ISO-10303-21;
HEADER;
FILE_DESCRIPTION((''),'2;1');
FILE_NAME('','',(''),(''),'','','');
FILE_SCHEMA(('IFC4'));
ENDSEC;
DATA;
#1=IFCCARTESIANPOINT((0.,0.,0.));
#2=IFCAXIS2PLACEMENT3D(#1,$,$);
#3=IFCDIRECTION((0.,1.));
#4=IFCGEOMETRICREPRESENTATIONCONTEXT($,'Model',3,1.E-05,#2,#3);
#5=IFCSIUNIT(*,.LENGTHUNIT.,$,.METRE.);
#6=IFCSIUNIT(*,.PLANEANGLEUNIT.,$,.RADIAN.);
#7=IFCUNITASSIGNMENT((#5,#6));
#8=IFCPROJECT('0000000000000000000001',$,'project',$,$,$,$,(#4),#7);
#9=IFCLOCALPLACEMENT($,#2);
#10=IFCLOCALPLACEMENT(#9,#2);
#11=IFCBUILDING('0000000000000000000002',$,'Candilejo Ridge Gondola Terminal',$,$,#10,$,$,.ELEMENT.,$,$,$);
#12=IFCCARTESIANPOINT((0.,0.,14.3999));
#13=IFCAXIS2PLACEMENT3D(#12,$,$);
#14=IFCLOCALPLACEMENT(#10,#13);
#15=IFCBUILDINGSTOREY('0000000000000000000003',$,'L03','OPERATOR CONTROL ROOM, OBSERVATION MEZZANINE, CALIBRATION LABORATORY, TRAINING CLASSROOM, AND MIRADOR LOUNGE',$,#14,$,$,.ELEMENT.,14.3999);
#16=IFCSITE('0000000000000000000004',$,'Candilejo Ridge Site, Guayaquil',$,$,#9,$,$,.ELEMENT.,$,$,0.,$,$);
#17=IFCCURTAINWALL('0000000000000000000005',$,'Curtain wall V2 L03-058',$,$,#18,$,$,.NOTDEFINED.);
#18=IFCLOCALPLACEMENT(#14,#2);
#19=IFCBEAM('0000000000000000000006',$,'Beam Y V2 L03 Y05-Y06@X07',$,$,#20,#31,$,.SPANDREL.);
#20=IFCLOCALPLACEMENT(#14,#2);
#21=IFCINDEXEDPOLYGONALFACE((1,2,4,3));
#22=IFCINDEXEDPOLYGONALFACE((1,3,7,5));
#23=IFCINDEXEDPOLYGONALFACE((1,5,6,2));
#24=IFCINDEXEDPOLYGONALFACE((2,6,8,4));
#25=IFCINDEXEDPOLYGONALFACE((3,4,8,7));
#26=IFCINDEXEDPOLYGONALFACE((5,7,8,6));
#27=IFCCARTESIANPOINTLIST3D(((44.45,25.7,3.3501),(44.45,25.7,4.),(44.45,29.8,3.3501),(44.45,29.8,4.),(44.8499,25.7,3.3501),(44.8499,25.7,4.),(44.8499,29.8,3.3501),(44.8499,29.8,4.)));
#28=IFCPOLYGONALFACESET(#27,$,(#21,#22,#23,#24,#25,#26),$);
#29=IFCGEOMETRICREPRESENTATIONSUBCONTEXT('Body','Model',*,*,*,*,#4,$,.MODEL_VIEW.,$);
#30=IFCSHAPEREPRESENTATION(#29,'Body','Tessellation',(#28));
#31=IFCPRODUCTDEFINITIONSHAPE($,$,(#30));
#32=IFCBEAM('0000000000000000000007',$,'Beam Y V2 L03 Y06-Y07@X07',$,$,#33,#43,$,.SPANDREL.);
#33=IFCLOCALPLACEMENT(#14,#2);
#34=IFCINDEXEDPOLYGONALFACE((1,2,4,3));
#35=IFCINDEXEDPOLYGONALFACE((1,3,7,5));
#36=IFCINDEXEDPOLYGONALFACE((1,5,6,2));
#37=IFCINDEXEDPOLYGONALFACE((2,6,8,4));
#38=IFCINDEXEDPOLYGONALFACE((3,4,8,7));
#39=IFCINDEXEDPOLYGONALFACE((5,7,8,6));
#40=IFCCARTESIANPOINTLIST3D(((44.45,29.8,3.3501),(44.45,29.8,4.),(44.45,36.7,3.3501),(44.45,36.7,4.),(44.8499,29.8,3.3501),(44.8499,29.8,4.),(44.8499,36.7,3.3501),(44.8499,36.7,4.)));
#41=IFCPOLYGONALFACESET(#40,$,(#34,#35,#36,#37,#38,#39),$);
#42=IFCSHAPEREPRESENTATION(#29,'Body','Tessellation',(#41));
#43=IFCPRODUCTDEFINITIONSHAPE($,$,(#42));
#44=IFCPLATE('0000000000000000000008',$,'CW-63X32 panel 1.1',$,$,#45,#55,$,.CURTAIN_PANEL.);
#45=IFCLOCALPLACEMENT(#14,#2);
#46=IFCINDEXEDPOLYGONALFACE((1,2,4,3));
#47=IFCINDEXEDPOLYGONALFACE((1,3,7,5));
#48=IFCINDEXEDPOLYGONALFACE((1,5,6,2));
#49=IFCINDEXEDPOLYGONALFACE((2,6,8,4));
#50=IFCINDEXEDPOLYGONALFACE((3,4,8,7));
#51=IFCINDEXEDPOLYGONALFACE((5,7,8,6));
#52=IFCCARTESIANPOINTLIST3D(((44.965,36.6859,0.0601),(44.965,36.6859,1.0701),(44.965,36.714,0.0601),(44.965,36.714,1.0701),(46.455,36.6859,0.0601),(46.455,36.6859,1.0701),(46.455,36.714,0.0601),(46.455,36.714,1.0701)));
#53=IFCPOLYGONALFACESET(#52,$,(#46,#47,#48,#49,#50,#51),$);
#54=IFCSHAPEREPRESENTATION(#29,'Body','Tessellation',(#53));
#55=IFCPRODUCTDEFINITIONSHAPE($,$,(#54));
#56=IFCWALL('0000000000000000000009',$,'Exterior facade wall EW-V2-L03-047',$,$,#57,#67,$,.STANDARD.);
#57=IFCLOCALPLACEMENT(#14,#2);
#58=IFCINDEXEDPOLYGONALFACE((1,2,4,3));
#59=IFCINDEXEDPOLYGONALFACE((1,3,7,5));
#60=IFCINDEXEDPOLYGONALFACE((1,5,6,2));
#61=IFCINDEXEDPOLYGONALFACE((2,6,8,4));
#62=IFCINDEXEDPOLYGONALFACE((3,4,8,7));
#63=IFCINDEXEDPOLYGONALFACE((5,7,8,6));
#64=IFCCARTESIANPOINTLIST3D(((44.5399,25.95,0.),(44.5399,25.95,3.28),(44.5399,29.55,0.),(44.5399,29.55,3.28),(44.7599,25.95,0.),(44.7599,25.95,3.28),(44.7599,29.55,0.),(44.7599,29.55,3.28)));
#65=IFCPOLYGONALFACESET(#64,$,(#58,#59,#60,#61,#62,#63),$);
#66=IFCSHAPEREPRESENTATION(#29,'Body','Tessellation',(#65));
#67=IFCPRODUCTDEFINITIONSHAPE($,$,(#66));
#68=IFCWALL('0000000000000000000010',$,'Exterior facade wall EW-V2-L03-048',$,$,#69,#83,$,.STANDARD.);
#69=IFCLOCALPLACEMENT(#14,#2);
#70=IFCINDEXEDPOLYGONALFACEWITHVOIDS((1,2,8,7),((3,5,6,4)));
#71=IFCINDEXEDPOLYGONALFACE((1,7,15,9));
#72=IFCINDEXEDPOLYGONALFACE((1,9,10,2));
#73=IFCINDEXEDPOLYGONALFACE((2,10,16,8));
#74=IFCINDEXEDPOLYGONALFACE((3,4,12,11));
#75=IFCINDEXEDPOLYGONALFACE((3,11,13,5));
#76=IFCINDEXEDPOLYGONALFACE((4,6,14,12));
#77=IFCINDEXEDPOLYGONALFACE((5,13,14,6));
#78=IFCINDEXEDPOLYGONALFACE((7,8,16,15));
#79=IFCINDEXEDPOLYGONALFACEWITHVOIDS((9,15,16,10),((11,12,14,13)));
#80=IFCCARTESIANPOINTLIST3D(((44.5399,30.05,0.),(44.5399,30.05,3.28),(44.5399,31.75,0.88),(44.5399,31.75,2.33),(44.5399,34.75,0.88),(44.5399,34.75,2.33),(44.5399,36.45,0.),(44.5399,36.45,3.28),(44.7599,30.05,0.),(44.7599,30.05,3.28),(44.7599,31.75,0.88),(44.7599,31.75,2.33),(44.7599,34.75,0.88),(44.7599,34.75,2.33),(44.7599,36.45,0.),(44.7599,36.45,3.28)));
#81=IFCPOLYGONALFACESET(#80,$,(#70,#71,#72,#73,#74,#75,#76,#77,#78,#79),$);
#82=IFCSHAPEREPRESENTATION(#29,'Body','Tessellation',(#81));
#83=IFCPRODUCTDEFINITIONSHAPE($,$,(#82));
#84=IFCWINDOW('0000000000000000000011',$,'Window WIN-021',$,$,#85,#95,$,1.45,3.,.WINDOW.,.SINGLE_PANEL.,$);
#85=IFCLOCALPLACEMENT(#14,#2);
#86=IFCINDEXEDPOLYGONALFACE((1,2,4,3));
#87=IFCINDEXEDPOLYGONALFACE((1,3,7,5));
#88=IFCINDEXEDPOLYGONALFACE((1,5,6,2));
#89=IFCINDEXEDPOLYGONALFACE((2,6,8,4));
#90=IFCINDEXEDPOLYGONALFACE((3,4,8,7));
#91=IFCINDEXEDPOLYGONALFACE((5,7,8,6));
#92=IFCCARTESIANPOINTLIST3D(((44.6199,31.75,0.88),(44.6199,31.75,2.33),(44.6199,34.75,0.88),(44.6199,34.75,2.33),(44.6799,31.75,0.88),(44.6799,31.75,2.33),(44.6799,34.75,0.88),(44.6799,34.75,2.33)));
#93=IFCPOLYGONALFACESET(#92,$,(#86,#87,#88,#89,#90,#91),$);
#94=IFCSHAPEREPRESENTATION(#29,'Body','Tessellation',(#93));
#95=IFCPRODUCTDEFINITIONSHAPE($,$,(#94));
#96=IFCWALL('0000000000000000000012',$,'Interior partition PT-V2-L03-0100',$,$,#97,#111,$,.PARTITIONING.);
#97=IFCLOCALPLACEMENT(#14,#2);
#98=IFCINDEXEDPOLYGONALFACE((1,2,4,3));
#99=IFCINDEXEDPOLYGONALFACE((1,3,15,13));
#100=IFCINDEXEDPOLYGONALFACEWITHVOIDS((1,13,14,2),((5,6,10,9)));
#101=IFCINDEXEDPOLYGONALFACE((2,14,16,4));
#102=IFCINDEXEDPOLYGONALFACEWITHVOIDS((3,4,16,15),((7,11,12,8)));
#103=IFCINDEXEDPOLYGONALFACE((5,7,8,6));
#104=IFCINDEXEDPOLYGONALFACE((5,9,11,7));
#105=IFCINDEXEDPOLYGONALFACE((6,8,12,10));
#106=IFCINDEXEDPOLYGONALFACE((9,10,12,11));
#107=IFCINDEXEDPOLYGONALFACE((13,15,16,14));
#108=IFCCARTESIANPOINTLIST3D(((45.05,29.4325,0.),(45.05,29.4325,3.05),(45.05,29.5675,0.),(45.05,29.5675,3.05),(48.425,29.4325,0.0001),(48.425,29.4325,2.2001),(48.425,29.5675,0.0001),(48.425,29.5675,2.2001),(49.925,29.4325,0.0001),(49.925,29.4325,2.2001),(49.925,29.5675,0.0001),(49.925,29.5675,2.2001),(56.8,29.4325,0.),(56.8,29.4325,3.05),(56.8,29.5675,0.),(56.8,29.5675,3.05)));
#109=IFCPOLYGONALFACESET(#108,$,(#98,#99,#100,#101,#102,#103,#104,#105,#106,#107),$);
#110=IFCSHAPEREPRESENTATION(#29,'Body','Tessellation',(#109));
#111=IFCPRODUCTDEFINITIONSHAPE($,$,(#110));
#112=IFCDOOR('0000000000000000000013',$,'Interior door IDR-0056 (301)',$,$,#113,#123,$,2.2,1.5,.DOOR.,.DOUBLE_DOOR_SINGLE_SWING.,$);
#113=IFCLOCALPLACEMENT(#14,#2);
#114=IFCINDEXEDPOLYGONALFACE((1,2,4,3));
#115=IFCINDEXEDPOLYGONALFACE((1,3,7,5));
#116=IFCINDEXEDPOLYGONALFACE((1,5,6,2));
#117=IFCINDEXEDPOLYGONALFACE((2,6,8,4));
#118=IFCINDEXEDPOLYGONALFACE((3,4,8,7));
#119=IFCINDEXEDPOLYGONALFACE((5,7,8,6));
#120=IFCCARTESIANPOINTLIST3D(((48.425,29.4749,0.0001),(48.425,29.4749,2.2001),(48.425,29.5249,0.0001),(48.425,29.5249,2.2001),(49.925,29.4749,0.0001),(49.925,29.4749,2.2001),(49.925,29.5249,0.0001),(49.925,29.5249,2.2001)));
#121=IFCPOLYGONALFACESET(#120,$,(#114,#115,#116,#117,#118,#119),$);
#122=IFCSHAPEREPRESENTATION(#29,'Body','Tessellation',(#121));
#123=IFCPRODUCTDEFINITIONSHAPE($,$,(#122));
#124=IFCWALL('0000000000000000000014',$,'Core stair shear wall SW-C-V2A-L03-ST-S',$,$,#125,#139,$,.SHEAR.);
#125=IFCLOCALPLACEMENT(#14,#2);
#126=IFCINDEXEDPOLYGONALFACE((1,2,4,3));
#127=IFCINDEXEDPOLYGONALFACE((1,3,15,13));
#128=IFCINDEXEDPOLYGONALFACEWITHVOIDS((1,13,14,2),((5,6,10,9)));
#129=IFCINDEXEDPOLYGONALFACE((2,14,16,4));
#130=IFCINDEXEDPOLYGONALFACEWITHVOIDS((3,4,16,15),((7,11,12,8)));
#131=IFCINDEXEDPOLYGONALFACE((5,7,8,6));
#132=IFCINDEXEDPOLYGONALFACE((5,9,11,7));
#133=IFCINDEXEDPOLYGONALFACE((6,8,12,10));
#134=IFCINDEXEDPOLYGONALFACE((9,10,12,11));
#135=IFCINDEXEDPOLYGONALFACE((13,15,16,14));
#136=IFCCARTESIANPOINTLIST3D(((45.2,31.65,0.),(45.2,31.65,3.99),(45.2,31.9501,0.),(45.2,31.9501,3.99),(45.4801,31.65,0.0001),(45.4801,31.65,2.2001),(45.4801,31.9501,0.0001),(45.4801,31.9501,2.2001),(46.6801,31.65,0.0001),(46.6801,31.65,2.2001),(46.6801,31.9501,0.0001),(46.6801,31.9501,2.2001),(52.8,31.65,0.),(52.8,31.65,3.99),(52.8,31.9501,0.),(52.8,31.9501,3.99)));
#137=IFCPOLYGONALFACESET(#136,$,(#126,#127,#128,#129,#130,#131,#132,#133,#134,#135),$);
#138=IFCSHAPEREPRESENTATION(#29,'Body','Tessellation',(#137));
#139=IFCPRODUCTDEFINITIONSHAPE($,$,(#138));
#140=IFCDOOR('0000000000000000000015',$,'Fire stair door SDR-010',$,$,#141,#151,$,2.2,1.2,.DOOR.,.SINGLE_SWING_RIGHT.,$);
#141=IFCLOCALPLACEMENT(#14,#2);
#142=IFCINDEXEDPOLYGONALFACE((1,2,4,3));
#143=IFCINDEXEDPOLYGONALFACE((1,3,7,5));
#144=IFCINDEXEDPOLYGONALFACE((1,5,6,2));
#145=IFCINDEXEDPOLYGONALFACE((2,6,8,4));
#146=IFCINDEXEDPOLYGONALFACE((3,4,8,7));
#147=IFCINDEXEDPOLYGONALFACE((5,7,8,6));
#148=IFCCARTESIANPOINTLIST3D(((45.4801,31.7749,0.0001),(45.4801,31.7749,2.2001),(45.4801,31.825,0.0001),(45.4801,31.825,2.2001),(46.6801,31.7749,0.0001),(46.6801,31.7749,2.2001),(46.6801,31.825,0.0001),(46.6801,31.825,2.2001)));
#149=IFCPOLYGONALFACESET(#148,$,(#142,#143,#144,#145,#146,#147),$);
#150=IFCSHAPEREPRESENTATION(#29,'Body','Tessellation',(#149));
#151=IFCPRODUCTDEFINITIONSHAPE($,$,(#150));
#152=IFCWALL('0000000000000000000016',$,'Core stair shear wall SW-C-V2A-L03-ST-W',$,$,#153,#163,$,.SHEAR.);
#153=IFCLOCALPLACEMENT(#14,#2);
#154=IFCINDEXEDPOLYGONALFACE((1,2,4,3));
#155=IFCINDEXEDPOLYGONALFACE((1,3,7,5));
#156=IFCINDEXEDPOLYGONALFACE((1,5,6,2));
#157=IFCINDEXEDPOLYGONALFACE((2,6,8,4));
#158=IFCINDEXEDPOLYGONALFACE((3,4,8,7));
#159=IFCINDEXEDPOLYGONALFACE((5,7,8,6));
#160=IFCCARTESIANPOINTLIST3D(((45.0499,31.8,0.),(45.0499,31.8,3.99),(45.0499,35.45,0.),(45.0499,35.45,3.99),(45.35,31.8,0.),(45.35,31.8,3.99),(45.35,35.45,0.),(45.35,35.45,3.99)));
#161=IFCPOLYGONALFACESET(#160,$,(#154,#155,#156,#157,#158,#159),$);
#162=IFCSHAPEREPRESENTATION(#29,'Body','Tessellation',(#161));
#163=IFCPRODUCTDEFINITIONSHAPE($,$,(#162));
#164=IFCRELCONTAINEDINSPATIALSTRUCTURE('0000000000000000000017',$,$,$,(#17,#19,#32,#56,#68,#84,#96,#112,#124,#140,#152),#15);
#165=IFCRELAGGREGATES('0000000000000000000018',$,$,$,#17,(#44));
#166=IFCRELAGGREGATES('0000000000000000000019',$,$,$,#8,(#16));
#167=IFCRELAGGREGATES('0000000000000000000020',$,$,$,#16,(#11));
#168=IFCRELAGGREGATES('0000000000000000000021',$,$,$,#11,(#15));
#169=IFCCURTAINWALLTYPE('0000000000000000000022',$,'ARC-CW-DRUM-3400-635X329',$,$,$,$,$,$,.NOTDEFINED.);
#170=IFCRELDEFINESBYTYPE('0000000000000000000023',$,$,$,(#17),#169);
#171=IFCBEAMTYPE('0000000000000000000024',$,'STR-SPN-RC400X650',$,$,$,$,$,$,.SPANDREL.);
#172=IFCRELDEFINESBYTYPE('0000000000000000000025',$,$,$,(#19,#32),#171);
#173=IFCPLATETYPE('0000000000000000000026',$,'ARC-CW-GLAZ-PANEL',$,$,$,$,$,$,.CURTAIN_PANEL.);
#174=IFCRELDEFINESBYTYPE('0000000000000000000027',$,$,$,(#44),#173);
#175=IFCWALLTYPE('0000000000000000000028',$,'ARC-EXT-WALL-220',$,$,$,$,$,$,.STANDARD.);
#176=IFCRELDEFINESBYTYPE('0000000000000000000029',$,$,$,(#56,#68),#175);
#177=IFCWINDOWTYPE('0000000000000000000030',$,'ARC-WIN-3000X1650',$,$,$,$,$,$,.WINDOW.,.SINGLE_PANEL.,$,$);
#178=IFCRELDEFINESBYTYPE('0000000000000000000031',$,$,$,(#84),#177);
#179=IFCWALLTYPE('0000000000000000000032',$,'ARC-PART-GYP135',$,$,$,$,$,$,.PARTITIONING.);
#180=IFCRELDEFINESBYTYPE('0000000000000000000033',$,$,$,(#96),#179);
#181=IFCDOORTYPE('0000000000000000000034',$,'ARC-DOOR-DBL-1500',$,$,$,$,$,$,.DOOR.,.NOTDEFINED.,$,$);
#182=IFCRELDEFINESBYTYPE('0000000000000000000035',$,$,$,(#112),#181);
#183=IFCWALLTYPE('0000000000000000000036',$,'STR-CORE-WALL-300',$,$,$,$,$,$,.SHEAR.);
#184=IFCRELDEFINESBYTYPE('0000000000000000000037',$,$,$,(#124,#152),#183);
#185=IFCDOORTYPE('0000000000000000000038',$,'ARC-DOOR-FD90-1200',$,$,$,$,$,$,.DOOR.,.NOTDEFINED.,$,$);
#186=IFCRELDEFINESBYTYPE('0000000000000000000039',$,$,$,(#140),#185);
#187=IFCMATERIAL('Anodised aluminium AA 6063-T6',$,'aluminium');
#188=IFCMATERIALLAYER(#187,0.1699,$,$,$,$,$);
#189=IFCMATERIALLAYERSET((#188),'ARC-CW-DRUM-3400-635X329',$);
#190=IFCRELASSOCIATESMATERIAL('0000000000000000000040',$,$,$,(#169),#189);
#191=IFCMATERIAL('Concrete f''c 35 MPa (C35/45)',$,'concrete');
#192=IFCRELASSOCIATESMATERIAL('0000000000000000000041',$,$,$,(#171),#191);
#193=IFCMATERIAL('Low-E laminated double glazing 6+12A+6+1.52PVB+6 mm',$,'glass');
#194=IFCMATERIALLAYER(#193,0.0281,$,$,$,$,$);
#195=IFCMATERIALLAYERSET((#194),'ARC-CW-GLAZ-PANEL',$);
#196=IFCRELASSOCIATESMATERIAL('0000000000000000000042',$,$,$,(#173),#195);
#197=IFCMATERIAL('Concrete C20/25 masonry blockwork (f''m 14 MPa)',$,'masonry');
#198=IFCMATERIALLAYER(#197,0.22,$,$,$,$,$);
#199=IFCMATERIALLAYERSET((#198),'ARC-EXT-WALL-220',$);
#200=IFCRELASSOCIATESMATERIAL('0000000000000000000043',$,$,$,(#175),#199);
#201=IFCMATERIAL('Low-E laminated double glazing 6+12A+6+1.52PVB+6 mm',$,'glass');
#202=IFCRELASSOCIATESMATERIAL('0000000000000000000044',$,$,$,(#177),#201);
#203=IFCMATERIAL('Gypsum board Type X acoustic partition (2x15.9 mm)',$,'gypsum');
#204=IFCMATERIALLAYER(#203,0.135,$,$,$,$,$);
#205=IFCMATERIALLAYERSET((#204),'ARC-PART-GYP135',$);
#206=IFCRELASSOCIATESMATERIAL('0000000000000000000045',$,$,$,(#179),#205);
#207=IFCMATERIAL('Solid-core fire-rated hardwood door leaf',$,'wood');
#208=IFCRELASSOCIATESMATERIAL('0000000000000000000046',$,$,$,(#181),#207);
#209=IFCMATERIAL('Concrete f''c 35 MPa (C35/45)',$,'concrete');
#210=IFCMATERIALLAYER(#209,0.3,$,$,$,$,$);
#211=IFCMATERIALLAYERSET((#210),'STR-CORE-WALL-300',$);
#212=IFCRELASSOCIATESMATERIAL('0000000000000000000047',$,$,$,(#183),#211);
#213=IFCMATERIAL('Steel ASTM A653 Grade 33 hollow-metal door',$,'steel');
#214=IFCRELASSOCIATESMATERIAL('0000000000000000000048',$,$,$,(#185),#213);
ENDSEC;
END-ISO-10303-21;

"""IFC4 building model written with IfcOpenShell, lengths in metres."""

from ifc_helpers import new_model, si_unit, direction, frame, frame_2d, origin, origin_2d, place, context, subcontext, project, spatial, rectangle, extrude, material, layer, layer_set, material_profile, profile_set, type_object, element, fill, aggregate, save


model = new_model("IFC4")

# Units and contexts
model_context = context("Model", 3, precision=1e-05, world=origin(), true_north=direction((0.0, 1.0)))
body_context = subcontext(model_context, "Body", "Model", "MODEL_VIEW")
ifc_project = project(units=[si_unit("LENGTHUNIT", "METRE"), si_unit("PLANEANGLEUNIT", "RADIAN")], contexts=[model_context])

# Site, building, storey
site_placement = place(None, origin())
site = spatial("IfcSite", under=ifc_project, at=site_placement, Name="Candilejo Ridge Site, Guayaquil", CompositionType="ELEMENT", RefElevation=0.0)
building_placement = place(site_placement, origin())
building = spatial("IfcBuilding", under=site, at=building_placement, Name="Candilejo Ridge Gondola Terminal", CompositionType="ELEMENT")
storey_placement = place(building_placement, frame((0.0, 0.0, 14.3999)))
storey = spatial("IfcBuildingStorey", under=building, at=storey_placement, Name="L03", Description="OPERATOR CONTROL ROOM, OBSERVATION MEZZANINE, CALIBRATION LABORATORY, TRAINING CLASSROOM, AND MIRADOR LOUNGE", CompositionType="ELEMENT", Elevation=14.3999)

# Curtain wall
ifc_material_1 = material(Name="Anodised aluminium AA 6063-T6", Category="aluminium")
ifc_layer_1 = layer(ifc_material_1, 0.1699)
ifc_layer_set_1 = layer_set([ifc_layer_1], Name="ARC-CW-DRUM-3400-635X329")
curtain_wall_type = type_object("IfcCurtainWallType", Name="ARC-CW-DRUM-3400-635X329", PredefinedType="NOTDEFINED", material=ifc_layer_set_1)
curtain_wall_1_placement = place(storey_placement, origin())
curtain_wall_1 = element("IfcCurtainWall", 1, at=curtain_wall_1_placement, inside=storey, type_object=curtain_wall_type, Name="Curtain wall V2 L03-058", PredefinedType="NOTDEFINED")

# Beams
ifc_material_2 = material(Name="Concrete f'c 35 MPa (C35/45)", Category="concrete")
ifc_material_profile_1 = material_profile(ifc_material_2, rectangle(XDim=0.3999, YDim=0.6499, at=origin_2d()))
ifc_profile_set_1 = profile_set([ifc_material_profile_1], Name="Concrete f'c 35 MPa (C35/45)")
beam_type_1 = type_object("IfcBeamType", Name="STR-SPN-RC400X650", PredefinedType="SPANDREL", material=ifc_profile_set_1)
beam_1_placement = place(storey_placement, frame((44.6499, 25.7, 3.675), z_axis=(0.0, 1.0, 0.0), x_axis=(-1.0, 0.0, 0.0)))
element("IfcBeam", 2, at=beam_1_placement, inside=storey, type_object=beam_type_1, Name="Beam Y V2 L03 Y05-Y06@X07", PredefinedType="SPANDREL", context=body_context, shape_type="SweptSolid", body=[
    extrude(rectangle(XDim=0.3999, YDim=0.6499, at=origin_2d()), origin(), (0.0, 0.0, 1.0), 4.1001),
])
beam_2_placement = place(storey_placement, frame((44.6499, 29.8, 3.675), z_axis=(0.0, 1.0, 0.0), x_axis=(-1.0, 0.0, 0.0)))
element("IfcBeam", 3, at=beam_2_placement, inside=storey, type_object=beam_type_1, Name="Beam Y V2 L03 Y06-Y07@X07", PredefinedType="SPANDREL", context=body_context, shape_type="SweptSolid", body=[
    extrude(rectangle(XDim=0.3999, YDim=0.6499, at=origin_2d()), origin(), (0.0, 0.0, 1.0), 6.8999),
])

# Plate
ifc_material_3 = material(Name="Low-E laminated double glazing 6+12A+6+1.52PVB+6 mm", Category="glass")
ifc_layer_2 = layer(ifc_material_3, 0.0281)
ifc_layer_set_2 = layer_set([ifc_layer_2], Name="ARC-CW-GLAZ-PANEL")
plate_type = type_object("IfcPlateType", Name="ARC-CW-GLAZ-PANEL", PredefinedType="CURTAIN_PANEL", material=ifc_layer_set_2)
plate_placement = place(storey_placement, frame((45.71, 36.7, 0.0601), z_axis=(0.0, 0.0, 1.0), x_axis=(1.0, 0.0, 0.0)))
plate = element("IfcPlate", 4, at=plate_placement, type_object=plate_type, Name="CW-63X32 panel 1.1", PredefinedType="CURTAIN_PANEL", context=body_context, shape_type="SweptSolid", body=[
    extrude(rectangle(XDim=1.49, YDim=0.0281, at=origin_2d()), origin(), (0.0, 0.0, 1.0), 1.01),
])
aggregate(curtain_wall_1, [plate])

# Wall
ifc_material_4 = material(Name="Concrete C20/25 masonry blockwork (f'm 14 MPa)", Category="masonry")
ifc_layer_3 = layer(ifc_material_4, 0.22)
ifc_layer_set_3 = layer_set([ifc_layer_3], Name="ARC-EXT-WALL-220")
wall_type_1 = type_object("IfcWallType", Name="ARC-EXT-WALL-220", PredefinedType="STANDARD", material=ifc_layer_set_3)
wall_1_placement = place(storey_placement, frame((44.6499, 25.95, 0.0), z_axis=(0.0, 0.0, 1.0), x_axis=(0.0, 1.0, 0.0)))
element("IfcWall", 5, at=wall_1_placement, inside=storey, type_object=wall_type_1, Name="Exterior facade wall EW-V2-L03-047", PredefinedType="STANDARD", context=body_context, shape_type="SweptSolid", body=[
    extrude(rectangle(XDim=3.6001, YDim=0.22, at=frame_2d((1.8, 0.0))), origin(), (0.0, 0.0, 1.0), 3.28),
])

# Wall, opening, window
wall_2_placement = place(storey_placement, frame((44.6499, 30.05, 0.0), z_axis=(0.0, 0.0, 1.0), x_axis=(0.0, 1.0, 0.0)))
wall_2 = element("IfcWall", 6, at=wall_2_placement, inside=storey, type_object=wall_type_1, Name="Exterior facade wall EW-V2-L03-048", PredefinedType="STANDARD", context=body_context, shape_type="SweptSolid", body=[
    extrude(rectangle(XDim=6.3999, YDim=0.22, at=frame_2d((3.2, 0.0))), origin(), (0.0, 0.0, 1.0), 3.28),
])
opening_1_placement = place(wall_2_placement, frame((1.7, 0.0, 0.8799)))
opening_1 = element("IfcOpeningElement", 7, at=opening_1_placement, cuts=wall_2, PredefinedType="OPENING", context=body_context, shape_type="SweptSolid", body=[
    extrude(rectangle(XDim=3.0, YDim=1.45, at=frame_2d((1.5, 0.7251))), frame((0.0, 0.1199, 0.0), z_axis=(0.0, -1.0, 0.0), x_axis=(1.0, 0.0, 0.0)), (0.0, 0.0, 1.0), 0.24),
])
ifc_material_5 = material(Name="Low-E laminated double glazing 6+12A+6+1.52PVB+6 mm", Category="glass")
window_type = type_object("IfcWindowType", Name="ARC-WIN-3000X1650", PartitioningType="SINGLE_PANEL", PredefinedType="WINDOW", material=ifc_material_5)
window_placement = place(opening_1_placement, origin())
window = element("IfcWindow", 8, at=window_placement, inside=storey, type_object=window_type, Name="Window WIN-021", OverallHeight=1.45, OverallWidth=3.0, PartitioningType="SINGLE_PANEL", PredefinedType="WINDOW", context=body_context, shape_type="SweptSolid", body=[
    extrude(rectangle(XDim=3.0, YDim=1.45, at=frame_2d((1.5, 0.7251))), frame((0.0, 0.03, 0.0), z_axis=(0.0, -1.0, 0.0), x_axis=(1.0, 0.0, 0.0)), (0.0, 0.0, 1.0), 0.0601),
])
fill(opening_1, window)

# Walls, openings, doors
ifc_material_6 = material(Name="Gypsum board Type X acoustic partition (2x15.9 mm)", Category="gypsum")
ifc_layer_4 = layer(ifc_material_6, 0.135)
ifc_layer_set_4 = layer_set([ifc_layer_4], Name="ARC-PART-GYP135")
wall_type_2 = type_object("IfcWallType", Name="ARC-PART-GYP135", PredefinedType="PARTITIONING", material=ifc_layer_set_4)
wall_3_placement = place(storey_placement, frame((45.05, 29.5, 0.0), z_axis=(0.0, 0.0, 1.0), x_axis=(1.0, 0.0, 0.0)))
wall_3 = element("IfcWall", 9, at=wall_3_placement, inside=storey, type_object=wall_type_2, Name="Interior partition PT-V2-L03-0100", PredefinedType="PARTITIONING", context=body_context, shape_type="SweptSolid", body=[
    extrude(rectangle(XDim=11.75, YDim=0.135, at=frame_2d((5.875, 0.0))), origin(), (0.0, 0.0, 1.0), 3.05),
])
opening_2_placement = place(wall_3_placement, frame((3.375, 0.0, 0.0)))
opening_2 = element("IfcOpeningElement", 10, at=opening_2_placement, cuts=wall_3, PredefinedType="OPENING", context=body_context, shape_type="SweptSolid", body=[
    extrude(rectangle(XDim=1.5, YDim=2.2, at=frame_2d((0.75, 1.1001))), frame((0.0, 0.0774, 0.0), z_axis=(0.0, -1.0, 0.0), x_axis=(1.0, 0.0, 0.0)), (0.0, 0.0, 1.0), 0.155),
])
ifc_material_7 = material(Name="Solid-core fire-rated hardwood door leaf", Category="wood")
door_type_1 = type_object("IfcDoorType", Name="ARC-DOOR-DBL-1500", OperationType="NOTDEFINED", PredefinedType="DOOR", material=ifc_material_7)
door_1_placement = place(opening_2_placement, origin())
door_1 = element("IfcDoor", 11, at=door_1_placement, inside=storey, type_object=door_type_1, Name="Interior door IDR-0056 (301)", OperationType="DOUBLE_DOOR_SINGLE_SWING", OverallHeight=2.2, OverallWidth=1.5, PredefinedType="DOOR", context=body_context, shape_type="SweptSolid", body=[
    extrude(rectangle(XDim=1.5, YDim=2.2, at=frame_2d((0.75, 1.1001))), frame((0.0, 0.0249, 0.0), z_axis=(0.0, -1.0, 0.0), x_axis=(1.0, 0.0, 0.0)), (0.0, 0.0, 1.0), 0.05),
])
fill(opening_2, door_1)
ifc_material_8 = material(Name="Concrete f'c 35 MPa (C35/45)", Category="concrete")
ifc_layer_5 = layer(ifc_material_8, 0.3)
ifc_layer_set_5 = layer_set([ifc_layer_5], Name="STR-CORE-WALL-300")
wall_type_3 = type_object("IfcWallType", Name="STR-CORE-WALL-300", PredefinedType="SHEAR", material=ifc_layer_set_5)
wall_4_placement = place(storey_placement, frame((45.2, 31.8, 0.0), z_axis=(0.0, 0.0, 1.0), x_axis=(1.0, 0.0, 0.0)))
wall_4 = element("IfcWall", 12, at=wall_4_placement, inside=storey, type_object=wall_type_3, Name="Core stair shear wall SW-C-V2A-L03-ST-S", PredefinedType="SHEAR", context=body_context, shape_type="SweptSolid", body=[
    extrude(rectangle(XDim=7.6001, YDim=0.3, at=frame_2d((3.8, 0.0))), origin(), (0.0, 0.0, 1.0), 3.99),
])
opening_3_placement = place(wall_4_placement, frame((0.28, 0.0, 0.0)))
opening_3 = element("IfcOpeningElement", 13, at=opening_3_placement, cuts=wall_4, PredefinedType="OPENING", context=body_context, shape_type="SweptSolid", body=[
    extrude(rectangle(XDim=1.2, YDim=2.2, at=frame_2d((0.6001, 1.1001))), frame((0.0, 0.1599, 0.0), z_axis=(0.0, -1.0, 0.0), x_axis=(1.0, 0.0, 0.0)), (0.0, 0.0, 1.0), 0.3201),
])
ifc_material_9 = material(Name="Steel ASTM A653 Grade 33 hollow-metal door", Category="steel")
door_type_2 = type_object("IfcDoorType", Name="ARC-DOOR-FD90-1200", OperationType="NOTDEFINED", PredefinedType="DOOR", material=ifc_material_9)
door_2_placement = place(opening_3_placement, origin())
door_2 = element("IfcDoor", 14, at=door_2_placement, inside=storey, type_object=door_type_2, Name="Fire stair door SDR-010", OperationType="SINGLE_SWING_RIGHT", OverallHeight=2.2, OverallWidth=1.2, PredefinedType="DOOR", context=body_context, shape_type="SweptSolid", body=[
    extrude(rectangle(XDim=1.2, YDim=2.2, at=frame_2d((0.6001, 1.1001))), frame((0.0, 0.0249, 0.0), z_axis=(0.0, -1.0, 0.0), x_axis=(1.0, 0.0, 0.0)), (0.0, 0.0, 1.0), 0.05),
])
fill(opening_3, door_2)

# Wall
wall_5_placement = place(storey_placement, frame((45.2, 35.45, 0.0), z_axis=(0.0, 0.0, 1.0), x_axis=(0.0, -1.0, 0.0)))
element("IfcWall", 15, at=wall_5_placement, inside=storey, type_object=wall_type_3, Name="Core stair shear wall SW-C-V2A-L03-ST-W", PredefinedType="SHEAR", context=body_context, shape_type="SweptSolid", body=[
    extrude(rectangle(XDim=3.6499, YDim=0.3, at=frame_2d((1.825, 0.0))), origin(), (0.0, 0.0, 1.0), 3.99),
])

save(model, "model.ifc")
